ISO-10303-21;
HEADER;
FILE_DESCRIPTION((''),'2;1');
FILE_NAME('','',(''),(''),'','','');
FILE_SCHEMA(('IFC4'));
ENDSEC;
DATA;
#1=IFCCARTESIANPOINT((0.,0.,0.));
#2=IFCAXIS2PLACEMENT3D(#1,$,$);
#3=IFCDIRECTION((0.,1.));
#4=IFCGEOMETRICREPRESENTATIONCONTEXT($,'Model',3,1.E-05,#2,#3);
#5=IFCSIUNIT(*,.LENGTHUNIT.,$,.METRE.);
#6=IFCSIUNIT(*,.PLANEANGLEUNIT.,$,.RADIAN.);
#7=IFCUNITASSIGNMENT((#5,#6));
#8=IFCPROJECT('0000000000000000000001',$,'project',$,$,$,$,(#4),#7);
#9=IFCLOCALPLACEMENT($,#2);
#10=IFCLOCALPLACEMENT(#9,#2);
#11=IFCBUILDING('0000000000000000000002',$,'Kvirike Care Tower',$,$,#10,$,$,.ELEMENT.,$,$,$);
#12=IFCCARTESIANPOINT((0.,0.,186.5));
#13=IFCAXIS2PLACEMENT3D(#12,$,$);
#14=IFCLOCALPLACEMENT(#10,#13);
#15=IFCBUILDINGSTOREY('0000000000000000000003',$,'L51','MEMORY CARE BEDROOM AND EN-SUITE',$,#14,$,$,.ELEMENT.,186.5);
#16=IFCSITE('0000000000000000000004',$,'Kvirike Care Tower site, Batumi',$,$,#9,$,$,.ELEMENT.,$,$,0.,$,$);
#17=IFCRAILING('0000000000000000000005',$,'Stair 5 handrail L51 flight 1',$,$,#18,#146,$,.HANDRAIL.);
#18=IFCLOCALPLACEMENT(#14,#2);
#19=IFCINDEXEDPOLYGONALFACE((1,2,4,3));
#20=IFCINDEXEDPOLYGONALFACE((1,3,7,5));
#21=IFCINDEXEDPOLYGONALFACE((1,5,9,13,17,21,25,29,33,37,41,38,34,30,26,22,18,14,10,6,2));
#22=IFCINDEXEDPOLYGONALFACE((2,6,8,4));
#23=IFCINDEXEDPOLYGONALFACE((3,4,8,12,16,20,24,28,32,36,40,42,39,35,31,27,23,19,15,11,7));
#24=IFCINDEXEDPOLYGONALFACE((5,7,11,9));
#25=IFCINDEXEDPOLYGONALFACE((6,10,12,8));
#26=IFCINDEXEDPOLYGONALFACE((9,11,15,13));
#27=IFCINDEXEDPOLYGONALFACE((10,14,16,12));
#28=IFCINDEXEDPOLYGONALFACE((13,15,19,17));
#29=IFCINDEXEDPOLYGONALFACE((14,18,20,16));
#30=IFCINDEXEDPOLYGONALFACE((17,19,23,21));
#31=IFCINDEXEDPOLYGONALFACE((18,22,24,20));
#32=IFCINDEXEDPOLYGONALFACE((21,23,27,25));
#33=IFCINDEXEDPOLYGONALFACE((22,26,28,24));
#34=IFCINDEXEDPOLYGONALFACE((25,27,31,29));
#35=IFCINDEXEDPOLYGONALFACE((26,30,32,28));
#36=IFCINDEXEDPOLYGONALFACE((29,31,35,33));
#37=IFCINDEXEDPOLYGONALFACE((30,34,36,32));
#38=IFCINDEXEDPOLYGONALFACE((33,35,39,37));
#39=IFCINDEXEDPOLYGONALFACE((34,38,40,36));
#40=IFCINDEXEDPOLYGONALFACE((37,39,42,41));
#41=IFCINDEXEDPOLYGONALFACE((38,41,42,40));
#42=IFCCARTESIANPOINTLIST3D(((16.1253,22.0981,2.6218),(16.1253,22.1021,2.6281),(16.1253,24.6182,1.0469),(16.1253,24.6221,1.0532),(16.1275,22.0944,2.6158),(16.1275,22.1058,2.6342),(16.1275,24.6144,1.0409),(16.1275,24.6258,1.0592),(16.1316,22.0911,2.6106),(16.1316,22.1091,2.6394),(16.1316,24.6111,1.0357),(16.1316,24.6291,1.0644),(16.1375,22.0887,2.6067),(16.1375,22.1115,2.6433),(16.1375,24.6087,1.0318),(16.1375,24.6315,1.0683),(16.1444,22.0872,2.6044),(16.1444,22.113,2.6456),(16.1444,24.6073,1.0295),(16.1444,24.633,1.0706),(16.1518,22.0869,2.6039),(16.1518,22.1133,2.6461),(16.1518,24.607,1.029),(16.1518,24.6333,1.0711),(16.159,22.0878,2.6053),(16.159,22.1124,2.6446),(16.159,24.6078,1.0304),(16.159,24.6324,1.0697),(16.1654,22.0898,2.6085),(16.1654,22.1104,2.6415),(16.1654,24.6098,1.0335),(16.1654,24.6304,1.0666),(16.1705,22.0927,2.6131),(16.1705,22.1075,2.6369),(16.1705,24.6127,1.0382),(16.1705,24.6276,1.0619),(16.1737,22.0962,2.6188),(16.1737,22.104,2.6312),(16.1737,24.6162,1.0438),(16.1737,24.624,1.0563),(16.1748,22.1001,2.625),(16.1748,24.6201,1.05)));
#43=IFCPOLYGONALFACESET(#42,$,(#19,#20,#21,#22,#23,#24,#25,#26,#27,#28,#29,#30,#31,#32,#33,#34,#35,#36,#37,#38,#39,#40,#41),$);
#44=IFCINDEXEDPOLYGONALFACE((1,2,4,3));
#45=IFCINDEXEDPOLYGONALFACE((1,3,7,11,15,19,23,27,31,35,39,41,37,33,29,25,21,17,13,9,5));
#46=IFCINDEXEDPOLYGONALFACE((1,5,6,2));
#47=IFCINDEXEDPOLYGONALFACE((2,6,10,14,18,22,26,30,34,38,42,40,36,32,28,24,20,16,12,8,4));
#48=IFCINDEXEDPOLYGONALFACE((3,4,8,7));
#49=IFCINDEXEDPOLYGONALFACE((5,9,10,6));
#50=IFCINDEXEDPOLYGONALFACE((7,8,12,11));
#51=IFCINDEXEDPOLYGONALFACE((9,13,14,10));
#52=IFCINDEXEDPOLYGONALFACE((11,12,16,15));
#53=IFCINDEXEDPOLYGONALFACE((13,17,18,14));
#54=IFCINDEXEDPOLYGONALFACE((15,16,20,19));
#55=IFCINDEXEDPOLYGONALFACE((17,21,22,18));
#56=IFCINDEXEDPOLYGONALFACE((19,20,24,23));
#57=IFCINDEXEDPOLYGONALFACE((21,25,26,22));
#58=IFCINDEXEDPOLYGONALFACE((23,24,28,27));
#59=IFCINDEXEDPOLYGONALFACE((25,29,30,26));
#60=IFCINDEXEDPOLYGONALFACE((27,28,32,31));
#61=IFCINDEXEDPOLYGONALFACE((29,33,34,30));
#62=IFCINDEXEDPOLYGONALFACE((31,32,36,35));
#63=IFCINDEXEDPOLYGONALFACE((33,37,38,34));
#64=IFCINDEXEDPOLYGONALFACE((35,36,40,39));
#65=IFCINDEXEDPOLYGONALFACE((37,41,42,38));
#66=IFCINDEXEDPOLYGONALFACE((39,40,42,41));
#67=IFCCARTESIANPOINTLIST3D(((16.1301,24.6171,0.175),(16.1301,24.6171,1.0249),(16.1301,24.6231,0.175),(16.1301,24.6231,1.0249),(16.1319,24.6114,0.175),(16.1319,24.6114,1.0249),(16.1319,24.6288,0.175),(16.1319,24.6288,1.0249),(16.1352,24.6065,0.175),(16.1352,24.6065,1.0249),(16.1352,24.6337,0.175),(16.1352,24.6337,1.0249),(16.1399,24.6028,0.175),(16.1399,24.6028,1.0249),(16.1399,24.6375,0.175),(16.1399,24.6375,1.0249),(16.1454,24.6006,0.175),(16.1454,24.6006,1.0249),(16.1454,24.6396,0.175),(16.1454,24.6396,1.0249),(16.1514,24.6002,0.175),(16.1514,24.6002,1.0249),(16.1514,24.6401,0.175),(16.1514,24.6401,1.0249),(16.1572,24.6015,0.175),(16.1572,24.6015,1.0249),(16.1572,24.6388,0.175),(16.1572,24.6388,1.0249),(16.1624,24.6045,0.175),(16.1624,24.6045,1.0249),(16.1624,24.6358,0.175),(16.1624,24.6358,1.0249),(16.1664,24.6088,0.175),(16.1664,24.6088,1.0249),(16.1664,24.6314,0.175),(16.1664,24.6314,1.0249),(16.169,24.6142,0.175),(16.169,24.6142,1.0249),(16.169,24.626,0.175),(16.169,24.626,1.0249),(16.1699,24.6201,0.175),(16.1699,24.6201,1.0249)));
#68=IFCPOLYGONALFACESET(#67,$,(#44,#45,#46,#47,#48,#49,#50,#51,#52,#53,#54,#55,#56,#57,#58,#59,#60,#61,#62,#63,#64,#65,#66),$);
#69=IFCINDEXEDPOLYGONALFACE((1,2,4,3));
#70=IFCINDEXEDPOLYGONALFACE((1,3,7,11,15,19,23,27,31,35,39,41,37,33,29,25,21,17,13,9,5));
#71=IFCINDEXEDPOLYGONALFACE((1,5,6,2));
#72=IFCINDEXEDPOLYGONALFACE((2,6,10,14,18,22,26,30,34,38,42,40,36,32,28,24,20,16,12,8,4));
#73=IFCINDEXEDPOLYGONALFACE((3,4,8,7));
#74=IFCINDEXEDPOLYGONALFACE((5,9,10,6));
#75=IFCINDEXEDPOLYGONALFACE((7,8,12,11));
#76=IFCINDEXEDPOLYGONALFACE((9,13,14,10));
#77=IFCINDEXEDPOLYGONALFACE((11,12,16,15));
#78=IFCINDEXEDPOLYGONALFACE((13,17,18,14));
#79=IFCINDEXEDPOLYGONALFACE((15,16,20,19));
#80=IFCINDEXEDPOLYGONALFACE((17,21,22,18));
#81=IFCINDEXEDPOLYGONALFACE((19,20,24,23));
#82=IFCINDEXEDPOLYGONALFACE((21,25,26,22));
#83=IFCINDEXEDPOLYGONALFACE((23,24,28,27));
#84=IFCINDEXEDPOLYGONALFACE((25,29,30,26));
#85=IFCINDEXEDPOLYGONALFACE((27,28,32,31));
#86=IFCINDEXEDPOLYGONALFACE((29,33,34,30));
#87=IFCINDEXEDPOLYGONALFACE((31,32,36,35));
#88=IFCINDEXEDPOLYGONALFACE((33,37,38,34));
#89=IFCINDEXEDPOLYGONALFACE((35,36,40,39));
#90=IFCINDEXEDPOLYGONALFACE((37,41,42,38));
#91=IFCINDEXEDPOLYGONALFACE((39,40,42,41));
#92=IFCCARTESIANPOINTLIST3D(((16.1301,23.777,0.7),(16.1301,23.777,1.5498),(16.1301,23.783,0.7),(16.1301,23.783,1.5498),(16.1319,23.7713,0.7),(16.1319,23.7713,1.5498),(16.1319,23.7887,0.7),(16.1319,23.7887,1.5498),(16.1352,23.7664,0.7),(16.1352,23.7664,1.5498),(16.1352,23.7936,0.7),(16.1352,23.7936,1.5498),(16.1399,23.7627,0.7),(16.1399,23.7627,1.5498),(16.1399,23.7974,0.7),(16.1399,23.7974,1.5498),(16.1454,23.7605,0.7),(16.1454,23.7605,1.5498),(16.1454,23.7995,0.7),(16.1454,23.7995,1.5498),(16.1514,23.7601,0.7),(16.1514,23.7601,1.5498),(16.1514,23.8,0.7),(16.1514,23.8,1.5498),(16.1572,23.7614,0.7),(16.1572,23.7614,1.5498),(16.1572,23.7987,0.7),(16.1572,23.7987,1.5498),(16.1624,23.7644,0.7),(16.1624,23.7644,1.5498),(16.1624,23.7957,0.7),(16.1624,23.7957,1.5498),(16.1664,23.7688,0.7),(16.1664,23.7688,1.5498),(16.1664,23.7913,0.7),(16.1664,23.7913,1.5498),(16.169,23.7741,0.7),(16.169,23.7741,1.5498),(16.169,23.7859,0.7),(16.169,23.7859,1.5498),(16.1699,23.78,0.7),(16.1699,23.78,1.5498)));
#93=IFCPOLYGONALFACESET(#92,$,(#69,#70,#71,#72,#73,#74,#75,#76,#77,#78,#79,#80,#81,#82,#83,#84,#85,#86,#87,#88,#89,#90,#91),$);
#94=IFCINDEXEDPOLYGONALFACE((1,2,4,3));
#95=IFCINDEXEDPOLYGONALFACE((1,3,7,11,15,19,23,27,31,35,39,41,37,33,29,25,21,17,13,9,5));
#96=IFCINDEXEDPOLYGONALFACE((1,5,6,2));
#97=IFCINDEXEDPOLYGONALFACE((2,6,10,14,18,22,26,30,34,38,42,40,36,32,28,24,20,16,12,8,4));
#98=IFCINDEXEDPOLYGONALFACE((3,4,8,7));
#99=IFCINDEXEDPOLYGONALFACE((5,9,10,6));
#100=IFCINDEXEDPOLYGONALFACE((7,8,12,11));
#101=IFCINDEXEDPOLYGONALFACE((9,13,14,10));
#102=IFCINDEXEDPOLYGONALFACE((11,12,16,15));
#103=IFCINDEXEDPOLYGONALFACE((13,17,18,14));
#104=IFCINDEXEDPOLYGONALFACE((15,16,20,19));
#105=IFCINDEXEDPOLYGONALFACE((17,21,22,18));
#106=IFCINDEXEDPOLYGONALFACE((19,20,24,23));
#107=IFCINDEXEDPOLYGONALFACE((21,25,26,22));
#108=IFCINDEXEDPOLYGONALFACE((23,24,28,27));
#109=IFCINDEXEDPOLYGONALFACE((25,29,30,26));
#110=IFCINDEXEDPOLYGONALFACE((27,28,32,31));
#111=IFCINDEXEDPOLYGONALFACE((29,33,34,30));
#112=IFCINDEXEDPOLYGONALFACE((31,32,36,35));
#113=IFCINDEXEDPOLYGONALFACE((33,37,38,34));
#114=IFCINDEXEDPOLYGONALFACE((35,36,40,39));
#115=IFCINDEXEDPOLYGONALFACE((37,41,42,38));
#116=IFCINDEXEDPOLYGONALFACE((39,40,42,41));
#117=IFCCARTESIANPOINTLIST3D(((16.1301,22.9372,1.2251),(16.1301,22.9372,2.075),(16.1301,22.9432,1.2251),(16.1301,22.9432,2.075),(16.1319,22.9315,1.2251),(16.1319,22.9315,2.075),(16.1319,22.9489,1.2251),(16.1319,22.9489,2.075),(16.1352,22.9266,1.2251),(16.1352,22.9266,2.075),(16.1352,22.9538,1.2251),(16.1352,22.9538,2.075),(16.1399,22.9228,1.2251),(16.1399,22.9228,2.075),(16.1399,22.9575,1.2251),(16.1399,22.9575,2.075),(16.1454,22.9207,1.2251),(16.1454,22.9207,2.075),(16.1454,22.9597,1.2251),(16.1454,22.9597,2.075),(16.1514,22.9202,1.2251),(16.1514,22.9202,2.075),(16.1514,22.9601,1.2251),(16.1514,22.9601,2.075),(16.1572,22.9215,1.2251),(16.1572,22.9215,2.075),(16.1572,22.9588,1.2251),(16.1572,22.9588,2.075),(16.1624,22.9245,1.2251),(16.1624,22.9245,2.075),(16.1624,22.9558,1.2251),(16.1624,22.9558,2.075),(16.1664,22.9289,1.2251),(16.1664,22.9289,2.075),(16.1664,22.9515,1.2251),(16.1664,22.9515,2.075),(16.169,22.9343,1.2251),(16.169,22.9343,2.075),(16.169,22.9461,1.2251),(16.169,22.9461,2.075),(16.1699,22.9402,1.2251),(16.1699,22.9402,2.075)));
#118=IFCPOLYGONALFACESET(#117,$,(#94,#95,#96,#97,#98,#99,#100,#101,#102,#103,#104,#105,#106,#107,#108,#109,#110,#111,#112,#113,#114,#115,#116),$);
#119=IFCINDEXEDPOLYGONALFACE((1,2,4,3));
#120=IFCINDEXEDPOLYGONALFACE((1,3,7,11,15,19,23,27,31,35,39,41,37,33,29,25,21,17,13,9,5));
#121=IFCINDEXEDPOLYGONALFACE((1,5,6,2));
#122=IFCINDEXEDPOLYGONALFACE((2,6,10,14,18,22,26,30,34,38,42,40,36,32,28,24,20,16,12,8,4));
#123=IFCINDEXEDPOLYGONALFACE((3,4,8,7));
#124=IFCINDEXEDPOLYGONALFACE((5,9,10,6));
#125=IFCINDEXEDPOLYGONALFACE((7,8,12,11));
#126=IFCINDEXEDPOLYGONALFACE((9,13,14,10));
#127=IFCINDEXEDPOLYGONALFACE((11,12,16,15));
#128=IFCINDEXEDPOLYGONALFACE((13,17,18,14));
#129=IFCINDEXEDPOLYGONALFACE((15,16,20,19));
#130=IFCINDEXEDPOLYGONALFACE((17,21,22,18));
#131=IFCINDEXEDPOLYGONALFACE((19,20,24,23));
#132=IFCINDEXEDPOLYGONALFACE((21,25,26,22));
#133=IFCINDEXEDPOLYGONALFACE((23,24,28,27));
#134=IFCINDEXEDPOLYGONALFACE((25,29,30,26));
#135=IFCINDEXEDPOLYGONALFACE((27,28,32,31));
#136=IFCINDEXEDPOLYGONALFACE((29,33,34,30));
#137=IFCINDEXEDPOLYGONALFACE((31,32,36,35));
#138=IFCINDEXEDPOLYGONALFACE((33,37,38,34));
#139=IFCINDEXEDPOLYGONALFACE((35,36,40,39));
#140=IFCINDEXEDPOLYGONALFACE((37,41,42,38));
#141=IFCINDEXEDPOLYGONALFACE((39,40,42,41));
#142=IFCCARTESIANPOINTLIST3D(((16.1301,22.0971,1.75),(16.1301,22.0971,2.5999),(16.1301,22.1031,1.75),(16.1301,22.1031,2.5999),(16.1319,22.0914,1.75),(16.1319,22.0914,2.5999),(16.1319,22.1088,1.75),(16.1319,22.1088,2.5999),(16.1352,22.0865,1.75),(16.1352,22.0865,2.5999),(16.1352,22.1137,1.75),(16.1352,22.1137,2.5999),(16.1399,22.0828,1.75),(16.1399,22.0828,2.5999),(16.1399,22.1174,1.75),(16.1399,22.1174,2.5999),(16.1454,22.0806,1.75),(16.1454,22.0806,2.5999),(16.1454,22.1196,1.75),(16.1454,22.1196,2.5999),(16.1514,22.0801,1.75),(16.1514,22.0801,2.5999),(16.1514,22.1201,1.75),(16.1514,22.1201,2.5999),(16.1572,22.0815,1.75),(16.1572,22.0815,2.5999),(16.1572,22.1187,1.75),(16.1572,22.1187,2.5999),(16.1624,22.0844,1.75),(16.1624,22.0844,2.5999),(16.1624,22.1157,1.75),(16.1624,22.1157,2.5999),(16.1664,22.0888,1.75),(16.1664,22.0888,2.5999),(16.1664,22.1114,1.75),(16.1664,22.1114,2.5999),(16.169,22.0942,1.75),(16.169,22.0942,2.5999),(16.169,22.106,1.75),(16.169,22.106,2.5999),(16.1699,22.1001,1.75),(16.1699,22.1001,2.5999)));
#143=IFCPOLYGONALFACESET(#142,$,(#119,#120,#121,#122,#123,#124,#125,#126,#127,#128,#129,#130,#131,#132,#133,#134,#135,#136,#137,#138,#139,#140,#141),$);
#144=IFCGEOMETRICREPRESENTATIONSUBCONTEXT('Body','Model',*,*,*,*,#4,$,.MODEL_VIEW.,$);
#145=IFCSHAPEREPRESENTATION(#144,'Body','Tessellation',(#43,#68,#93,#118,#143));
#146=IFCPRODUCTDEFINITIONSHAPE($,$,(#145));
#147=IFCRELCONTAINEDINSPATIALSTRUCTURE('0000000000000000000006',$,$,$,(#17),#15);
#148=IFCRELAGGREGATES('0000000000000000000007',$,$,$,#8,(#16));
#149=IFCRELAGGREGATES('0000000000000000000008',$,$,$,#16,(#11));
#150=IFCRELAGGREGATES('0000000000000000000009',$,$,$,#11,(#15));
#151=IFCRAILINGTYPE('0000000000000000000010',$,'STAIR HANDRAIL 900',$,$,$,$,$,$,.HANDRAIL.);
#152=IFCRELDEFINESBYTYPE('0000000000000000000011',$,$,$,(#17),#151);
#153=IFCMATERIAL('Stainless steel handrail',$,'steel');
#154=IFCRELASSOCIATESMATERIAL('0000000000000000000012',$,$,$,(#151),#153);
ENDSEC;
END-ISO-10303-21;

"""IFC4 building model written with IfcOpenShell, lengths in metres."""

from ifc_helpers import new_model, si_unit, direction, frame, origin, origin_2d, place, context, subcontext, project, spatial, circle, extrude, material, type_object, element, save


model = new_model("IFC4")

# Units and contexts
model_context = context("Model", 3, precision=1e-05, world=origin(), true_north=direction((0.0, 1.0)))
body_context = subcontext(model_context, "Body", "Model", "MODEL_VIEW")
ifc_project = project(units=[si_unit("LENGTHUNIT", "METRE"), si_unit("PLANEANGLEUNIT", "RADIAN")], contexts=[model_context])

# Site, building, storey
site_placement = place(None, origin())
site = spatial("IfcSite", under=ifc_project, at=site_placement, Name="Kvirike Care Tower site, Batumi", CompositionType="ELEMENT", RefElevation=0.0)
building_placement = place(site_placement, origin())
building = spatial("IfcBuilding", under=site, at=building_placement, Name="Kvirike Care Tower", CompositionType="ELEMENT")
storey_placement = place(building_placement, frame((0.0, 0.0, 186.5)))
storey = spatial("IfcBuildingStorey", under=building, at=storey_placement, Name="L51", Description="MEMORY CARE BEDROOM AND EN-SUITE", CompositionType="ELEMENT", Elevation=186.5)

# Railing
ifc_material_1 = material(Name="Stainless steel handrail", Category="steel")
railing_type = type_object("IfcRailingType", Name="STAIR HANDRAIL 900", PredefinedType="HANDRAIL", material=ifc_material_1)
railing_placement = place(storey_placement, frame((16.1499, 24.6201, 0.175)))
element("IfcRailing", 1, at=railing_placement, inside=storey, type_object=railing_type, Name="Stair 5 handrail L51 flight 1", PredefinedType="HANDRAIL", context=body_context, shape_type="SweptSolid", body=[
    extrude(circle(Radius=0.0249, at=origin_2d()), frame((0.0, 0.0, 0.875), z_axis=(0.0, -0.848008, 0.529984), x_axis=(1.0, 0.0, 0.0)), (0.0, 0.0, 1.0), 2.9717),
    extrude(circle(Radius=0.02, at=origin_2d()), origin(), (0.0, 0.0, 1.0), 0.8499),
    extrude(circle(Radius=0.02, at=origin_2d()), frame((0.0, -0.8401, 0.5249)), (0.0, 0.0, 1.0), 0.8499),
    extrude(circle(Radius=0.02, at=origin_2d()), frame((0.0, -1.6799, 1.05)), (0.0, 0.0, 1.0), 0.8499),
    extrude(circle(Radius=0.02, at=origin_2d()), frame((0.0, -2.52, 1.575)), (0.0, 0.0, 1.0), 0.8499),
])

save(model, "model.ifc")
